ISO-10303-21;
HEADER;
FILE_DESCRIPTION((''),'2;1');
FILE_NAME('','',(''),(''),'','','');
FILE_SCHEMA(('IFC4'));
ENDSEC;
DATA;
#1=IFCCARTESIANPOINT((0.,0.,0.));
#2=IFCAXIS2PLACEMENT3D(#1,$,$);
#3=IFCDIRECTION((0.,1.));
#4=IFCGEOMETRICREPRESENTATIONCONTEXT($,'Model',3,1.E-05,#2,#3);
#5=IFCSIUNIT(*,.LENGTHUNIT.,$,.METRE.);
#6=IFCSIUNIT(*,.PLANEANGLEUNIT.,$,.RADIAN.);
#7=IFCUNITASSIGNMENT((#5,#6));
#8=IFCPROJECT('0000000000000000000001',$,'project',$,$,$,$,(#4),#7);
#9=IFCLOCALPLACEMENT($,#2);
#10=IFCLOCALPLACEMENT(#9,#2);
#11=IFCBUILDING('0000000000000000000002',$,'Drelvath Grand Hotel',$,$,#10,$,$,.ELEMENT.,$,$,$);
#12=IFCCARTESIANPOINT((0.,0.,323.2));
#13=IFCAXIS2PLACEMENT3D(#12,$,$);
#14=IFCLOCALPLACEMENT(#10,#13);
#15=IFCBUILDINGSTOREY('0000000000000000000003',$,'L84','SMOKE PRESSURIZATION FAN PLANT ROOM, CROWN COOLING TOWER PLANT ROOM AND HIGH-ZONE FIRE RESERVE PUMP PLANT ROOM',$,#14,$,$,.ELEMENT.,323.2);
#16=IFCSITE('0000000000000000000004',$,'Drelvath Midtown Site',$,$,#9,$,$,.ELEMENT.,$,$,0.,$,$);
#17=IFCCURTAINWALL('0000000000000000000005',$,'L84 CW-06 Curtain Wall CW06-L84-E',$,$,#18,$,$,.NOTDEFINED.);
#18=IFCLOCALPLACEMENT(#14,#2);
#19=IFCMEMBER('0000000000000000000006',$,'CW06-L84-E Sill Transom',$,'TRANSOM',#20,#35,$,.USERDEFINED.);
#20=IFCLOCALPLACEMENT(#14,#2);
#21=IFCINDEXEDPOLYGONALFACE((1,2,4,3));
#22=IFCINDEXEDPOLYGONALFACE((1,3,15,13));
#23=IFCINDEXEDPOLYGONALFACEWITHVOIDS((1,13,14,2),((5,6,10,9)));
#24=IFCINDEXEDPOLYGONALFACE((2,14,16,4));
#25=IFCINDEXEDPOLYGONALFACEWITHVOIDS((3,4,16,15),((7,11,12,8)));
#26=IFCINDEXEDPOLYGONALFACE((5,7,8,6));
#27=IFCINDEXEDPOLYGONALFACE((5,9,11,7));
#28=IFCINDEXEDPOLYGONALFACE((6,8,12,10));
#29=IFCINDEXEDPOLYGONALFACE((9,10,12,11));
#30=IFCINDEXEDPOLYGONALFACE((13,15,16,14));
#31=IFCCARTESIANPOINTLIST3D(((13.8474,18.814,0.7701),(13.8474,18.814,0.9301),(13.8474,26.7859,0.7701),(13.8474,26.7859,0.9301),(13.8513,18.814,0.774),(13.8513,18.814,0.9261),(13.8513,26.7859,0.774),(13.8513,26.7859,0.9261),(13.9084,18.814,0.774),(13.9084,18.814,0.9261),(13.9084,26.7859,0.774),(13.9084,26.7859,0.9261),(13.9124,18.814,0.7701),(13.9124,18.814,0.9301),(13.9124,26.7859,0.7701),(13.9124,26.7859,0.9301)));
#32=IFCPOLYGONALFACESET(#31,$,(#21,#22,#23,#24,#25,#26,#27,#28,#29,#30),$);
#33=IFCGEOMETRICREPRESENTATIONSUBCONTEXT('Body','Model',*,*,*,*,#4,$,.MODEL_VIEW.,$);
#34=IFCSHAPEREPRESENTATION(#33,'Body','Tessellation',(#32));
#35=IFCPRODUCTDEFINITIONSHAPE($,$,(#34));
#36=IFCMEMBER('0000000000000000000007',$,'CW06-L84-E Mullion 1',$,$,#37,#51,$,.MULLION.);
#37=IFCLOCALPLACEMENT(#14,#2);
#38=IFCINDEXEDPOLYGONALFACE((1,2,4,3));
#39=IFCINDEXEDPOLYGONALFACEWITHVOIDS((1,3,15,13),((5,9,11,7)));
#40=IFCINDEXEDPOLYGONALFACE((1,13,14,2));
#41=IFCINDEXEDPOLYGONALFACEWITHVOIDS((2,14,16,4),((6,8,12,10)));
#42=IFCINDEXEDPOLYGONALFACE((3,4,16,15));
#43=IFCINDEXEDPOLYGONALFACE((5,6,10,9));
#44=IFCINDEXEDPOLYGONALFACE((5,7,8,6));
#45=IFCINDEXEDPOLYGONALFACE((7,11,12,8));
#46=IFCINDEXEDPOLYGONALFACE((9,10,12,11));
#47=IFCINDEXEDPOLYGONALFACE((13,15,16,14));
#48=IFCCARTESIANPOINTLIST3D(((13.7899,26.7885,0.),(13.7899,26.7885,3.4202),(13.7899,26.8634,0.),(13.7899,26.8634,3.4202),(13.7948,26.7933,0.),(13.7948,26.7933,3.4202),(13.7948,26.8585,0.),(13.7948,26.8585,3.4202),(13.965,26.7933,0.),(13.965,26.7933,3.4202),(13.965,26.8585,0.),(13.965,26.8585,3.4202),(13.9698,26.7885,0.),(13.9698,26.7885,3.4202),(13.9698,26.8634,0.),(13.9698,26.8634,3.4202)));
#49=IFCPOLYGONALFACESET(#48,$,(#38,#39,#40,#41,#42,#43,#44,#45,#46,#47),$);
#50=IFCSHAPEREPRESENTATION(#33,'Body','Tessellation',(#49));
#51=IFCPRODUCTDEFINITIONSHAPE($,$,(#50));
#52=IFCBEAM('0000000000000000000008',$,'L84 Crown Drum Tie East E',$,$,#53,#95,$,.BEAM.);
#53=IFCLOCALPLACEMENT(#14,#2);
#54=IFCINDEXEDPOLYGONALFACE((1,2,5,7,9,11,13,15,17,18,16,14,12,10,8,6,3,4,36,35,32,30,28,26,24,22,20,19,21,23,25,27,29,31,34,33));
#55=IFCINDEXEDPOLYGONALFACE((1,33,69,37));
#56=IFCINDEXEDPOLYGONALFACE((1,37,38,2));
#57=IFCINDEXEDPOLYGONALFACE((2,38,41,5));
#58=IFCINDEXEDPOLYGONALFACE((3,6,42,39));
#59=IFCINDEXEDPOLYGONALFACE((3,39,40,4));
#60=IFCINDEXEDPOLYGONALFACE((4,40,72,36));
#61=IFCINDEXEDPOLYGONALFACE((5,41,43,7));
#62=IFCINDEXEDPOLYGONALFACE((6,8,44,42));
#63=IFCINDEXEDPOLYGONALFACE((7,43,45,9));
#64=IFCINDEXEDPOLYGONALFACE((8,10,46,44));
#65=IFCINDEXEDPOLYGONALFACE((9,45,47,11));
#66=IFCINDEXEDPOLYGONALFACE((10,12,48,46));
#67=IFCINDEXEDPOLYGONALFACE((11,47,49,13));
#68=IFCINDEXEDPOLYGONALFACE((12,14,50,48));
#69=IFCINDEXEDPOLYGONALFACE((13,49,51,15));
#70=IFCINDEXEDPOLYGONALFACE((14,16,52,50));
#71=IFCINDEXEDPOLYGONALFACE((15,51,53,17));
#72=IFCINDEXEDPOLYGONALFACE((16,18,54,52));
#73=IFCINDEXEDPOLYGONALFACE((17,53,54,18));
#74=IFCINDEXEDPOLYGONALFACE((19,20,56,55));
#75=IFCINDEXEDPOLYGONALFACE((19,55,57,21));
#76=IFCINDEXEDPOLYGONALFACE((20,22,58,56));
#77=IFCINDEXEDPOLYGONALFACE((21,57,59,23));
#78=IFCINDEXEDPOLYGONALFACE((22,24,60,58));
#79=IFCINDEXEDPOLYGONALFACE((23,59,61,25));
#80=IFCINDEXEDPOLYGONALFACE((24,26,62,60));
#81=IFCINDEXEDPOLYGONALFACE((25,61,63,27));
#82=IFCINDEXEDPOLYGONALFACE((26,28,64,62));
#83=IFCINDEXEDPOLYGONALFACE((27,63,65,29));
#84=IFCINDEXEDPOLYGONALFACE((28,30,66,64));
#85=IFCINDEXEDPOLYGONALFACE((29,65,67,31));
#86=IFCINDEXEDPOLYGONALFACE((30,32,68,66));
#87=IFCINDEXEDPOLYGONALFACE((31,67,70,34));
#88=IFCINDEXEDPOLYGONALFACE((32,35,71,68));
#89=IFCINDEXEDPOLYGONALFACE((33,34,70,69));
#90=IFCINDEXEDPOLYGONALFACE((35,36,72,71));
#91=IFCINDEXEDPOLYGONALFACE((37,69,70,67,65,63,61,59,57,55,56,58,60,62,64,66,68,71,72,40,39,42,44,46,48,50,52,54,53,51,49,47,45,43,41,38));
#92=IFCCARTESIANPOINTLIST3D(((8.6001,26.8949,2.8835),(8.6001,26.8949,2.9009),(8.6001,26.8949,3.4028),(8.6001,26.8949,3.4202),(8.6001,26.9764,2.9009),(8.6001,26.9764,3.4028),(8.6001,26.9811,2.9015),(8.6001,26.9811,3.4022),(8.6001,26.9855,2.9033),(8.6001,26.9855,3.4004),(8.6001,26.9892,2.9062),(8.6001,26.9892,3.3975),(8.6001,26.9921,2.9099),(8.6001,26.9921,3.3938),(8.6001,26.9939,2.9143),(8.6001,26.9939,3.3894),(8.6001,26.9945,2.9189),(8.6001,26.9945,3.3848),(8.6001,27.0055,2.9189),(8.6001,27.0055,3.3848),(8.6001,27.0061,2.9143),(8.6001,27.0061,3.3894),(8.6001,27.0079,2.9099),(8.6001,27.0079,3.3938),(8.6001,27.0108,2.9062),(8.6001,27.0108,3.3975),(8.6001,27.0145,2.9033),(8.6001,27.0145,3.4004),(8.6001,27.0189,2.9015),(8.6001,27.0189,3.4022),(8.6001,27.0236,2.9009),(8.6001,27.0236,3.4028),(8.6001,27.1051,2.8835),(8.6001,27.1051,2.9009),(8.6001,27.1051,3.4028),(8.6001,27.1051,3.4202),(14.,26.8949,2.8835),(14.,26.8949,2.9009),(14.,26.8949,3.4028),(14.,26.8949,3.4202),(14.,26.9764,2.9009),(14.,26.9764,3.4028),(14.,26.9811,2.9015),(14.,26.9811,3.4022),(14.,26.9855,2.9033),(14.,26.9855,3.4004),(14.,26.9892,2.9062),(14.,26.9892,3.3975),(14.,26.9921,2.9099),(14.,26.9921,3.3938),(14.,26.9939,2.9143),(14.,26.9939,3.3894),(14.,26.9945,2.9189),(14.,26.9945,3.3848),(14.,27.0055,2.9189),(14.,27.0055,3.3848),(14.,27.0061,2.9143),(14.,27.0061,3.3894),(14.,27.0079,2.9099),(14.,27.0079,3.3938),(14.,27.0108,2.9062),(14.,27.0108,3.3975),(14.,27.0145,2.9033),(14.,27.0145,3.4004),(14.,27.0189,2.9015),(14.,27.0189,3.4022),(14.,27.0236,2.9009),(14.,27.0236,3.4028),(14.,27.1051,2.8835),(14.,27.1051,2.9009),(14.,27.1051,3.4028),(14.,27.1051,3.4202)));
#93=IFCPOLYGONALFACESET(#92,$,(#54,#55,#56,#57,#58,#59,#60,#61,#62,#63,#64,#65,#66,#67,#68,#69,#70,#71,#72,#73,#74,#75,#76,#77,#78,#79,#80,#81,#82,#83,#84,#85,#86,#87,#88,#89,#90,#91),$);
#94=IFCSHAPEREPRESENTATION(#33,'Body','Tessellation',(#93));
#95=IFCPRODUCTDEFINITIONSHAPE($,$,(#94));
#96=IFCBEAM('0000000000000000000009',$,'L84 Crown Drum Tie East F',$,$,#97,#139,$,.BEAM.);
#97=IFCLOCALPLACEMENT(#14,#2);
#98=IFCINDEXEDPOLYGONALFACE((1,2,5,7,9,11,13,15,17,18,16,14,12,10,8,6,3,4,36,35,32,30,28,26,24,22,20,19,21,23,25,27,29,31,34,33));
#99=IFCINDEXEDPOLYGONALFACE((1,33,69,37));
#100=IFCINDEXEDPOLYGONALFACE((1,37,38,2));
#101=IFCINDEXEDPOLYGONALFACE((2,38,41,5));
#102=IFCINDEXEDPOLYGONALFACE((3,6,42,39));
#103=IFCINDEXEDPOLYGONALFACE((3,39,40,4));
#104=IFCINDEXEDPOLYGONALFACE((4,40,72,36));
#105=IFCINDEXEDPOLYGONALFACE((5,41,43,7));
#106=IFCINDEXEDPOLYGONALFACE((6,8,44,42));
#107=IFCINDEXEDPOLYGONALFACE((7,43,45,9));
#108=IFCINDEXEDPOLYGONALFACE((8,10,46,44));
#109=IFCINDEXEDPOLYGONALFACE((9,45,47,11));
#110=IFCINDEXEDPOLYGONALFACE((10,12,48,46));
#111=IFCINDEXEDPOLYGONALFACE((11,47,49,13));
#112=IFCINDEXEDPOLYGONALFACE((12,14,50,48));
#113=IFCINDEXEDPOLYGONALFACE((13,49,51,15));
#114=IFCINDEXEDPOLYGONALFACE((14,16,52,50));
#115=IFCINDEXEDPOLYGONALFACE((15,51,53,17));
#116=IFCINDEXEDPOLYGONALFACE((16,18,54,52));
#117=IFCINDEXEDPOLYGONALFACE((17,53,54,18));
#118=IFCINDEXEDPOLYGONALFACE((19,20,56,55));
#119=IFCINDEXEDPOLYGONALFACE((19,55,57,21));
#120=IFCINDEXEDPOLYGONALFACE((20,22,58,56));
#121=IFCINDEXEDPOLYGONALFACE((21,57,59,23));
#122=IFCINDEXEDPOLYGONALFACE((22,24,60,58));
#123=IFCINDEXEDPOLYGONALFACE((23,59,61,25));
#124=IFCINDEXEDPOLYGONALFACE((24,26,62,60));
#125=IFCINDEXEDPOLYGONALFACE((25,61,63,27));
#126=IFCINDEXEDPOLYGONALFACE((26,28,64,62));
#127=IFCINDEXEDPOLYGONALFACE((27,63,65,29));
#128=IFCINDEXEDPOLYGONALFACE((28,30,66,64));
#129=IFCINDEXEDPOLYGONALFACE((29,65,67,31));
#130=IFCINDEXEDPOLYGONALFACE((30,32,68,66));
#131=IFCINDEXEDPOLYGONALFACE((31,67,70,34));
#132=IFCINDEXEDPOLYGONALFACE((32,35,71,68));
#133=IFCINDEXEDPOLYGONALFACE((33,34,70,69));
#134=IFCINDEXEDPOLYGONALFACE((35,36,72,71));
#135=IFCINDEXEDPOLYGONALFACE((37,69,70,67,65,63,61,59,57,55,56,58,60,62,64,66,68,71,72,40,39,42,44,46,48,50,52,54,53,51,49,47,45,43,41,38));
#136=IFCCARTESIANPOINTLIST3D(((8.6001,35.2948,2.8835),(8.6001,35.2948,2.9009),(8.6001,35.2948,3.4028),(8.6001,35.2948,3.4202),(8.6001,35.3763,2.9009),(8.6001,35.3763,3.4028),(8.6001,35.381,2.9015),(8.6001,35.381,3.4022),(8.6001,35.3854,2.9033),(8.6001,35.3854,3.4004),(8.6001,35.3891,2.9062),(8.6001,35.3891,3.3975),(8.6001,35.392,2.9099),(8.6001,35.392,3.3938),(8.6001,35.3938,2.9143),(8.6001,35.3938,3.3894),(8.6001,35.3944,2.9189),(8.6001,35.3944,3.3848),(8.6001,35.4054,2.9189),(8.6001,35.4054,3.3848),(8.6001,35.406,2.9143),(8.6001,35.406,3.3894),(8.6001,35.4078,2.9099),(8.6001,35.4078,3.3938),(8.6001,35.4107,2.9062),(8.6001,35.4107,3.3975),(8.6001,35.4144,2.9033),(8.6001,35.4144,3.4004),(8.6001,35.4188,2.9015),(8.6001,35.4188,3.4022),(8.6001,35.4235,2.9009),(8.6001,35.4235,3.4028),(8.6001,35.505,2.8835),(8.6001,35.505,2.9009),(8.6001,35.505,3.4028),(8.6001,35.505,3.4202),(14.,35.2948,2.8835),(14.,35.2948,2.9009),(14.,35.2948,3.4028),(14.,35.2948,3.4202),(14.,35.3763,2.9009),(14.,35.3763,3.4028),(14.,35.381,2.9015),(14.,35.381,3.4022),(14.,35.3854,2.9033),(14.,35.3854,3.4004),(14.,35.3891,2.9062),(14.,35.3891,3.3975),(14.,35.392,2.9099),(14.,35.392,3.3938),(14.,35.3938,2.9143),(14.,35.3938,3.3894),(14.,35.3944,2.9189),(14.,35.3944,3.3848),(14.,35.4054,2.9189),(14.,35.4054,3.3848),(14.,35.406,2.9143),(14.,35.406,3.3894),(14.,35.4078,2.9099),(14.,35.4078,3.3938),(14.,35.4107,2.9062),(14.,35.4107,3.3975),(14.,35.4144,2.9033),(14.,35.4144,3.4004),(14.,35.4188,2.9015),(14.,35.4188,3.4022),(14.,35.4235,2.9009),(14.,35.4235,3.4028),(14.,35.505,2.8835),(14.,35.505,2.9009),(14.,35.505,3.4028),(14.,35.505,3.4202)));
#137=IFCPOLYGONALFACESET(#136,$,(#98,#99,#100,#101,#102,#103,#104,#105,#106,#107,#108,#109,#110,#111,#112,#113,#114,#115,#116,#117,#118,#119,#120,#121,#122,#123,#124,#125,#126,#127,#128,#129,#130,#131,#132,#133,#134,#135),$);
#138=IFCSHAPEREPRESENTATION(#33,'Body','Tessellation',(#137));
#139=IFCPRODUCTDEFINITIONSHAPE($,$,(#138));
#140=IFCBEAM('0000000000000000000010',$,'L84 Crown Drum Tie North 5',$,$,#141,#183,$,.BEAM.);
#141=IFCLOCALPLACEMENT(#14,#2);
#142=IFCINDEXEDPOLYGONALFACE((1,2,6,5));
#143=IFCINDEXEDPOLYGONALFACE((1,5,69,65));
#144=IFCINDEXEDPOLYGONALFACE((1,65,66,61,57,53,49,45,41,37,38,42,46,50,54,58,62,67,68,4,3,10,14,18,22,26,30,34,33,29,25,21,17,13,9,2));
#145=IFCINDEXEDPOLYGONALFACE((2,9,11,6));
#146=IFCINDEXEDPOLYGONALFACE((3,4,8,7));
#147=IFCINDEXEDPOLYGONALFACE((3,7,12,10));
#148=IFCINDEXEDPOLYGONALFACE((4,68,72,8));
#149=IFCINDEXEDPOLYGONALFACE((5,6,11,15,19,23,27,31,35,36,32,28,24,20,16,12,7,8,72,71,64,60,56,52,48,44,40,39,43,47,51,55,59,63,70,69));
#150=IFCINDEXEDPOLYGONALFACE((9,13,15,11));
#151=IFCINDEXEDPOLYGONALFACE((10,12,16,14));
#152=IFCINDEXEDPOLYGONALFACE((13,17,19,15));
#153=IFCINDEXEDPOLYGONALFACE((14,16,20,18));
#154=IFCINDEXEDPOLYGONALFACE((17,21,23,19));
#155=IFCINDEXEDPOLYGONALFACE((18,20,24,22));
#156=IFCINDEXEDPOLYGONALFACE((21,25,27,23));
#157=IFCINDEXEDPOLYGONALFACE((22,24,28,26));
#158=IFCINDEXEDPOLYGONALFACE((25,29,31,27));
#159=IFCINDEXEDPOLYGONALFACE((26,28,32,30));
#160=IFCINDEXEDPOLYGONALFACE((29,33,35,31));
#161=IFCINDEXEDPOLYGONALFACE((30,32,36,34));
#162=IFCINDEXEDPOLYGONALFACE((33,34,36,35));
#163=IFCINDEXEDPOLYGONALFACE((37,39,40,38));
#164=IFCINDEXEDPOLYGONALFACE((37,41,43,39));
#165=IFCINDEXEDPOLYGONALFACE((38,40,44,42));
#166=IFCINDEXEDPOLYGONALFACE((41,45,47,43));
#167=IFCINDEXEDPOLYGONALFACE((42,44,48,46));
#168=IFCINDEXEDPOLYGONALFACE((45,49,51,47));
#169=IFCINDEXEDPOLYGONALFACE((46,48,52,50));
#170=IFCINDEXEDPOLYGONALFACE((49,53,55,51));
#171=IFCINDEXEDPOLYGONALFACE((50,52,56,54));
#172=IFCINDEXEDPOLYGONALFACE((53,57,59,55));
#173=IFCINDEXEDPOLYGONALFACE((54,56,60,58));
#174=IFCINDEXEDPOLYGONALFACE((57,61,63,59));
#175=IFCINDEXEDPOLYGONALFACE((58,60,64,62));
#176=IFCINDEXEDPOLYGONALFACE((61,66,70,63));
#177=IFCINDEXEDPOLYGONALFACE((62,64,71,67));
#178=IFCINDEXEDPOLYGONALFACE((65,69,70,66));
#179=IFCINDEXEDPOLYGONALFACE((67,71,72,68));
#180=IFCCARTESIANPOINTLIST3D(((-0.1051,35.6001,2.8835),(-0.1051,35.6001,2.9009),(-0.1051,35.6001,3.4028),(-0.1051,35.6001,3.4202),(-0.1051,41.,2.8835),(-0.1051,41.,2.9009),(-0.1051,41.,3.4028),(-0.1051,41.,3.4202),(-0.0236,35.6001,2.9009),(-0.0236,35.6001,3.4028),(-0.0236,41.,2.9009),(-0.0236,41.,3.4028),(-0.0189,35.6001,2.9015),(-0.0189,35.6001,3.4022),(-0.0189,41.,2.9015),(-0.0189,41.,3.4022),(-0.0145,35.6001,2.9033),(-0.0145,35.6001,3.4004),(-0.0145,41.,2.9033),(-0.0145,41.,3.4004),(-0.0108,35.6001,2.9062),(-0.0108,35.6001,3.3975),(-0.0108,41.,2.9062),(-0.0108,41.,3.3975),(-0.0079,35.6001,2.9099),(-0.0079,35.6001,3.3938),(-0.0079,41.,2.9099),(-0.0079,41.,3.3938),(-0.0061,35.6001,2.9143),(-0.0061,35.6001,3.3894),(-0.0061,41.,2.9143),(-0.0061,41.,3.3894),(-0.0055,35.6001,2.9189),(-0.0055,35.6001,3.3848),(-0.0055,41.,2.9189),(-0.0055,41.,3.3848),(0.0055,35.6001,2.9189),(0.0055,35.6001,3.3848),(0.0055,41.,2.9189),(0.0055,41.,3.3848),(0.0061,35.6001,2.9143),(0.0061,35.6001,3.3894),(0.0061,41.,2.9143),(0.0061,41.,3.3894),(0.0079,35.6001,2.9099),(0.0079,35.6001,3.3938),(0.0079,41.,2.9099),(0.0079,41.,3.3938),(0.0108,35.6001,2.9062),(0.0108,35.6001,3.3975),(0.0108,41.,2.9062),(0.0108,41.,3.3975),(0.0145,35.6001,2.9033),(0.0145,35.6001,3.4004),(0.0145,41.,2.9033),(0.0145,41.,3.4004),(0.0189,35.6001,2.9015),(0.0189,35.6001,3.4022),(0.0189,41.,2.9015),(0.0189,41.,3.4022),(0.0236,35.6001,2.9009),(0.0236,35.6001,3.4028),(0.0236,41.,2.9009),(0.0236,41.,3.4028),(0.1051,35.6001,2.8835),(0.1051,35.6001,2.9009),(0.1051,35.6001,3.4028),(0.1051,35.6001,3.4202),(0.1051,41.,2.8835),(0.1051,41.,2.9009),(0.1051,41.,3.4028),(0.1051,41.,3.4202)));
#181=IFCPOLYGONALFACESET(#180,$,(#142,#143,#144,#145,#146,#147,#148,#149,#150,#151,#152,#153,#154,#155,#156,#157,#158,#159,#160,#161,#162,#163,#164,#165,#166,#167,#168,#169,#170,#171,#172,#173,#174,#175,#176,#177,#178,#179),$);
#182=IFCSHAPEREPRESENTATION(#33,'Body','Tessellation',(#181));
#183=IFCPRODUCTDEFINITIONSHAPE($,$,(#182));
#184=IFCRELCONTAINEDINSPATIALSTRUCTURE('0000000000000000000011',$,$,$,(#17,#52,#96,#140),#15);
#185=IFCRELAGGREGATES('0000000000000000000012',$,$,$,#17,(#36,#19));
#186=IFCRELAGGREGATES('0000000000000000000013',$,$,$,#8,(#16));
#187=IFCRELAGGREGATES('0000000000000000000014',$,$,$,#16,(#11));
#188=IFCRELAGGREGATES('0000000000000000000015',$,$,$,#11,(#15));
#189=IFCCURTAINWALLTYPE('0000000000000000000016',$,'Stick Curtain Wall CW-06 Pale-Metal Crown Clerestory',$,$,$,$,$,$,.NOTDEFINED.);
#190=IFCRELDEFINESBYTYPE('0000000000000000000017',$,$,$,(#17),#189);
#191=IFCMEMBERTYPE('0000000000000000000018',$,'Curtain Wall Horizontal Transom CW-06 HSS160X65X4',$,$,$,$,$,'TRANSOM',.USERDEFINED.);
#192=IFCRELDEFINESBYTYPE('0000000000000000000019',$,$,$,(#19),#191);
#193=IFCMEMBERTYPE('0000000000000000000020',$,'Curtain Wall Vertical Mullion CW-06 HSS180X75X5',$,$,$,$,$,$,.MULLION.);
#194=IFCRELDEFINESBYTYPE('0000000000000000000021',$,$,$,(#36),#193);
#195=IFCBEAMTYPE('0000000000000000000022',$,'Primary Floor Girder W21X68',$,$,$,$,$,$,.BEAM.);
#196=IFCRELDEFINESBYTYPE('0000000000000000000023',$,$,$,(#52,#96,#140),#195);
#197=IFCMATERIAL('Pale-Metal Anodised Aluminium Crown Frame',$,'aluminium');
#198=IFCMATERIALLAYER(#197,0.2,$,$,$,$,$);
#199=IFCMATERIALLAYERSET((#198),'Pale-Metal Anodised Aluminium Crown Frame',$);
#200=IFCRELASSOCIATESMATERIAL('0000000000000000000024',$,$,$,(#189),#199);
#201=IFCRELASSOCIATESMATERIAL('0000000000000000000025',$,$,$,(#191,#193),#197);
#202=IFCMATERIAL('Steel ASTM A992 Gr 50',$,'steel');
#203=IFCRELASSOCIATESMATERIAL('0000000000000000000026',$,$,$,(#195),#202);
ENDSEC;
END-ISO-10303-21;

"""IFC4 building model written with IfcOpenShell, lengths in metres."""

from ifc_helpers import new_model, si_unit, direction, frame, origin, origin_2d, place, context, subcontext, project, spatial, hollow_rectangle, i_section, extrude, material, layer, layer_set, material_profile, profile_set, type_object, element, aggregate, save


model = new_model("IFC4")

# Units and contexts
model_context = context("Model", 3, precision=1e-05, world=origin(), true_north=direction((0.0, 1.0)))
body_context = subcontext(model_context, "Body", "Model", "MODEL_VIEW")
ifc_project = project(units=[si_unit("LENGTHUNIT", "METRE"), si_unit("PLANEANGLEUNIT", "RADIAN")], contexts=[model_context])

# Site, building, storey
site_placement = place(None, origin())
site = spatial("IfcSite", under=ifc_project, at=site_placement, Name="Drelvath Midtown Site", CompositionType="ELEMENT", RefElevation=0.0)
building_placement = place(site_placement, origin())
building = spatial("IfcBuilding", under=site, at=building_placement, Name="Drelvath Grand Hotel", CompositionType="ELEMENT")
storey_placement = place(building_placement, frame((0.0, 0.0, 323.2)))
storey = spatial("IfcBuildingStorey", under=building, at=storey_placement, Name="L84", Description="SMOKE PRESSURIZATION FAN PLANT ROOM, CROWN COOLING TOWER PLANT ROOM AND HIGH-ZONE FIRE RESERVE PUMP PLANT ROOM", CompositionType="ELEMENT", Elevation=323.2)

# Curtain wall, members
ifc_material_1 = material(Name="Pale-Metal Anodised Aluminium Crown Frame", Category="aluminium")
ifc_layer_1 = layer(ifc_material_1, 0.2)
ifc_layer_set_1 = layer_set([ifc_layer_1], Name="Pale-Metal Anodised Aluminium Crown Frame")
curtain_wall_type = type_object("IfcCurtainWallType", Name="Stick Curtain Wall CW-06 Pale-Metal Crown Clerestory", PredefinedType="NOTDEFINED", material=ifc_layer_set_1)
curtain_wall_placement = place(storey_placement, origin())
curtain_wall = element("IfcCurtainWall", 1, at=curtain_wall_placement, inside=storey, type_object=curtain_wall_type, Name="L84 CW-06 Curtain Wall CW06-L84-E", PredefinedType="NOTDEFINED")
ifc_material_profile_1 = material_profile(ifc_material_1, hollow_rectangle(XDim=0.0649, YDim=0.1599, WallThickness=0.0039, at=origin_2d()), Name="HSS160X65X4")
ifc_profile_set_1 = profile_set([ifc_material_profile_1], Name="Pale-Metal Anodised Aluminium Crown Frame")
member_type_1 = type_object("IfcMemberType", Name="Curtain Wall Horizontal Transom CW-06 HSS160X65X4", ElementType="TRANSOM", PredefinedType="USERDEFINED", material=ifc_profile_set_1)
member_1_placement = place(storey_placement, frame((13.8799, 26.7859, 0.8501), z_axis=(0.0, -1.0, 0.0), x_axis=(1.0, 0.0, 0.0)))
member_1 = element("IfcMember", 2, at=member_1_placement, type_object=member_type_1, Name="CW06-L84-E Sill Transom", ObjectType="TRANSOM", PredefinedType="USERDEFINED", context=body_context, shape_type="SweptSolid", body=[
    extrude(hollow_rectangle(XDim=0.0649, YDim=0.1599, WallThickness=0.0039, at=origin_2d()), origin(), (0.0, 0.0, 1.0), 7.9719),
])
ifc_material_profile_2 = material_profile(ifc_material_1, hollow_rectangle(XDim=0.075, YDim=0.1799, WallThickness=0.0049, at=origin_2d()), Name="HSS180X75X5")
ifc_profile_set_2 = profile_set([ifc_material_profile_2], Name="Pale-Metal Anodised Aluminium Crown Frame")
member_type_2 = type_object("IfcMemberType", Name="Curtain Wall Vertical Mullion CW-06 HSS180X75X5", PredefinedType="MULLION", material=ifc_profile_set_2)
member_2_placement = place(storey_placement, frame((13.8799, 26.8259, 0.0), z_axis=(0.0, 0.0, 1.0), x_axis=(0.0, 1.0, 0.0)))
member_2 = element("IfcMember", 3, at=member_2_placement, type_object=member_type_2, Name="CW06-L84-E Mullion 1", PredefinedType="MULLION", context=body_context, shape_type="SweptSolid", body=[
    extrude(hollow_rectangle(XDim=0.075, YDim=0.1799, WallThickness=0.0049, at=origin_2d()), origin(), (0.0, 0.0, 1.0), 3.4202),
])
aggregate(curtain_wall, [member_2, member_1])

# Beams
ifc_material_2 = material(Name="Steel ASTM A992 Gr 50", Category="steel")
ifc_material_profile_3 = material_profile(ifc_material_2, i_section(OverallWidth=0.2102, OverallDepth=0.5366, WebThickness=0.011, FlangeThickness=0.0173, FilletRadius=0.0181, at=origin_2d()), Name="W21X68")
ifc_profile_set_3 = profile_set([ifc_material_profile_3], Name="Steel ASTM A992 Gr 50")
beam_type_1 = type_object("IfcBeamType", Name="Primary Floor Girder W21X68", PredefinedType="BEAM", material=ifc_profile_set_3)
for number, where, z_axis, x_axis, name in (
    (4, (8.6001, 27.0, 3.1519), (1.0, 0.0, 0.0), (0.0, 1.0, 0.0), "L84 Crown Drum Tie East E"),
    (5, (8.6001, 35.3999, 3.1519), (1.0, 0.0, 0.0), (0.0, 1.0, 0.0), "L84 Crown Drum Tie East F"),
    (6, (0.0, 35.6001, 3.1519), (0.0, 1.0, 0.0), (-1.0, 0.0, 0.0), "L84 Crown Drum Tie North 5"),
):
    element("IfcBeam", number, at=place(storey_placement, frame(where, z_axis=z_axis, x_axis=x_axis)), inside=storey, type_object=beam_type_1, Name=name, PredefinedType="BEAM", context=body_context, shape_type="SweptSolid", body=[
        extrude(i_section(OverallWidth=0.2102, OverallDepth=0.5366, WebThickness=0.011, FlangeThickness=0.0173, FilletRadius=0.0181, at=origin_2d()), origin(), (0.0, 0.0, 1.0), 5.3999),
    ])

save(model, "model.ifc")
